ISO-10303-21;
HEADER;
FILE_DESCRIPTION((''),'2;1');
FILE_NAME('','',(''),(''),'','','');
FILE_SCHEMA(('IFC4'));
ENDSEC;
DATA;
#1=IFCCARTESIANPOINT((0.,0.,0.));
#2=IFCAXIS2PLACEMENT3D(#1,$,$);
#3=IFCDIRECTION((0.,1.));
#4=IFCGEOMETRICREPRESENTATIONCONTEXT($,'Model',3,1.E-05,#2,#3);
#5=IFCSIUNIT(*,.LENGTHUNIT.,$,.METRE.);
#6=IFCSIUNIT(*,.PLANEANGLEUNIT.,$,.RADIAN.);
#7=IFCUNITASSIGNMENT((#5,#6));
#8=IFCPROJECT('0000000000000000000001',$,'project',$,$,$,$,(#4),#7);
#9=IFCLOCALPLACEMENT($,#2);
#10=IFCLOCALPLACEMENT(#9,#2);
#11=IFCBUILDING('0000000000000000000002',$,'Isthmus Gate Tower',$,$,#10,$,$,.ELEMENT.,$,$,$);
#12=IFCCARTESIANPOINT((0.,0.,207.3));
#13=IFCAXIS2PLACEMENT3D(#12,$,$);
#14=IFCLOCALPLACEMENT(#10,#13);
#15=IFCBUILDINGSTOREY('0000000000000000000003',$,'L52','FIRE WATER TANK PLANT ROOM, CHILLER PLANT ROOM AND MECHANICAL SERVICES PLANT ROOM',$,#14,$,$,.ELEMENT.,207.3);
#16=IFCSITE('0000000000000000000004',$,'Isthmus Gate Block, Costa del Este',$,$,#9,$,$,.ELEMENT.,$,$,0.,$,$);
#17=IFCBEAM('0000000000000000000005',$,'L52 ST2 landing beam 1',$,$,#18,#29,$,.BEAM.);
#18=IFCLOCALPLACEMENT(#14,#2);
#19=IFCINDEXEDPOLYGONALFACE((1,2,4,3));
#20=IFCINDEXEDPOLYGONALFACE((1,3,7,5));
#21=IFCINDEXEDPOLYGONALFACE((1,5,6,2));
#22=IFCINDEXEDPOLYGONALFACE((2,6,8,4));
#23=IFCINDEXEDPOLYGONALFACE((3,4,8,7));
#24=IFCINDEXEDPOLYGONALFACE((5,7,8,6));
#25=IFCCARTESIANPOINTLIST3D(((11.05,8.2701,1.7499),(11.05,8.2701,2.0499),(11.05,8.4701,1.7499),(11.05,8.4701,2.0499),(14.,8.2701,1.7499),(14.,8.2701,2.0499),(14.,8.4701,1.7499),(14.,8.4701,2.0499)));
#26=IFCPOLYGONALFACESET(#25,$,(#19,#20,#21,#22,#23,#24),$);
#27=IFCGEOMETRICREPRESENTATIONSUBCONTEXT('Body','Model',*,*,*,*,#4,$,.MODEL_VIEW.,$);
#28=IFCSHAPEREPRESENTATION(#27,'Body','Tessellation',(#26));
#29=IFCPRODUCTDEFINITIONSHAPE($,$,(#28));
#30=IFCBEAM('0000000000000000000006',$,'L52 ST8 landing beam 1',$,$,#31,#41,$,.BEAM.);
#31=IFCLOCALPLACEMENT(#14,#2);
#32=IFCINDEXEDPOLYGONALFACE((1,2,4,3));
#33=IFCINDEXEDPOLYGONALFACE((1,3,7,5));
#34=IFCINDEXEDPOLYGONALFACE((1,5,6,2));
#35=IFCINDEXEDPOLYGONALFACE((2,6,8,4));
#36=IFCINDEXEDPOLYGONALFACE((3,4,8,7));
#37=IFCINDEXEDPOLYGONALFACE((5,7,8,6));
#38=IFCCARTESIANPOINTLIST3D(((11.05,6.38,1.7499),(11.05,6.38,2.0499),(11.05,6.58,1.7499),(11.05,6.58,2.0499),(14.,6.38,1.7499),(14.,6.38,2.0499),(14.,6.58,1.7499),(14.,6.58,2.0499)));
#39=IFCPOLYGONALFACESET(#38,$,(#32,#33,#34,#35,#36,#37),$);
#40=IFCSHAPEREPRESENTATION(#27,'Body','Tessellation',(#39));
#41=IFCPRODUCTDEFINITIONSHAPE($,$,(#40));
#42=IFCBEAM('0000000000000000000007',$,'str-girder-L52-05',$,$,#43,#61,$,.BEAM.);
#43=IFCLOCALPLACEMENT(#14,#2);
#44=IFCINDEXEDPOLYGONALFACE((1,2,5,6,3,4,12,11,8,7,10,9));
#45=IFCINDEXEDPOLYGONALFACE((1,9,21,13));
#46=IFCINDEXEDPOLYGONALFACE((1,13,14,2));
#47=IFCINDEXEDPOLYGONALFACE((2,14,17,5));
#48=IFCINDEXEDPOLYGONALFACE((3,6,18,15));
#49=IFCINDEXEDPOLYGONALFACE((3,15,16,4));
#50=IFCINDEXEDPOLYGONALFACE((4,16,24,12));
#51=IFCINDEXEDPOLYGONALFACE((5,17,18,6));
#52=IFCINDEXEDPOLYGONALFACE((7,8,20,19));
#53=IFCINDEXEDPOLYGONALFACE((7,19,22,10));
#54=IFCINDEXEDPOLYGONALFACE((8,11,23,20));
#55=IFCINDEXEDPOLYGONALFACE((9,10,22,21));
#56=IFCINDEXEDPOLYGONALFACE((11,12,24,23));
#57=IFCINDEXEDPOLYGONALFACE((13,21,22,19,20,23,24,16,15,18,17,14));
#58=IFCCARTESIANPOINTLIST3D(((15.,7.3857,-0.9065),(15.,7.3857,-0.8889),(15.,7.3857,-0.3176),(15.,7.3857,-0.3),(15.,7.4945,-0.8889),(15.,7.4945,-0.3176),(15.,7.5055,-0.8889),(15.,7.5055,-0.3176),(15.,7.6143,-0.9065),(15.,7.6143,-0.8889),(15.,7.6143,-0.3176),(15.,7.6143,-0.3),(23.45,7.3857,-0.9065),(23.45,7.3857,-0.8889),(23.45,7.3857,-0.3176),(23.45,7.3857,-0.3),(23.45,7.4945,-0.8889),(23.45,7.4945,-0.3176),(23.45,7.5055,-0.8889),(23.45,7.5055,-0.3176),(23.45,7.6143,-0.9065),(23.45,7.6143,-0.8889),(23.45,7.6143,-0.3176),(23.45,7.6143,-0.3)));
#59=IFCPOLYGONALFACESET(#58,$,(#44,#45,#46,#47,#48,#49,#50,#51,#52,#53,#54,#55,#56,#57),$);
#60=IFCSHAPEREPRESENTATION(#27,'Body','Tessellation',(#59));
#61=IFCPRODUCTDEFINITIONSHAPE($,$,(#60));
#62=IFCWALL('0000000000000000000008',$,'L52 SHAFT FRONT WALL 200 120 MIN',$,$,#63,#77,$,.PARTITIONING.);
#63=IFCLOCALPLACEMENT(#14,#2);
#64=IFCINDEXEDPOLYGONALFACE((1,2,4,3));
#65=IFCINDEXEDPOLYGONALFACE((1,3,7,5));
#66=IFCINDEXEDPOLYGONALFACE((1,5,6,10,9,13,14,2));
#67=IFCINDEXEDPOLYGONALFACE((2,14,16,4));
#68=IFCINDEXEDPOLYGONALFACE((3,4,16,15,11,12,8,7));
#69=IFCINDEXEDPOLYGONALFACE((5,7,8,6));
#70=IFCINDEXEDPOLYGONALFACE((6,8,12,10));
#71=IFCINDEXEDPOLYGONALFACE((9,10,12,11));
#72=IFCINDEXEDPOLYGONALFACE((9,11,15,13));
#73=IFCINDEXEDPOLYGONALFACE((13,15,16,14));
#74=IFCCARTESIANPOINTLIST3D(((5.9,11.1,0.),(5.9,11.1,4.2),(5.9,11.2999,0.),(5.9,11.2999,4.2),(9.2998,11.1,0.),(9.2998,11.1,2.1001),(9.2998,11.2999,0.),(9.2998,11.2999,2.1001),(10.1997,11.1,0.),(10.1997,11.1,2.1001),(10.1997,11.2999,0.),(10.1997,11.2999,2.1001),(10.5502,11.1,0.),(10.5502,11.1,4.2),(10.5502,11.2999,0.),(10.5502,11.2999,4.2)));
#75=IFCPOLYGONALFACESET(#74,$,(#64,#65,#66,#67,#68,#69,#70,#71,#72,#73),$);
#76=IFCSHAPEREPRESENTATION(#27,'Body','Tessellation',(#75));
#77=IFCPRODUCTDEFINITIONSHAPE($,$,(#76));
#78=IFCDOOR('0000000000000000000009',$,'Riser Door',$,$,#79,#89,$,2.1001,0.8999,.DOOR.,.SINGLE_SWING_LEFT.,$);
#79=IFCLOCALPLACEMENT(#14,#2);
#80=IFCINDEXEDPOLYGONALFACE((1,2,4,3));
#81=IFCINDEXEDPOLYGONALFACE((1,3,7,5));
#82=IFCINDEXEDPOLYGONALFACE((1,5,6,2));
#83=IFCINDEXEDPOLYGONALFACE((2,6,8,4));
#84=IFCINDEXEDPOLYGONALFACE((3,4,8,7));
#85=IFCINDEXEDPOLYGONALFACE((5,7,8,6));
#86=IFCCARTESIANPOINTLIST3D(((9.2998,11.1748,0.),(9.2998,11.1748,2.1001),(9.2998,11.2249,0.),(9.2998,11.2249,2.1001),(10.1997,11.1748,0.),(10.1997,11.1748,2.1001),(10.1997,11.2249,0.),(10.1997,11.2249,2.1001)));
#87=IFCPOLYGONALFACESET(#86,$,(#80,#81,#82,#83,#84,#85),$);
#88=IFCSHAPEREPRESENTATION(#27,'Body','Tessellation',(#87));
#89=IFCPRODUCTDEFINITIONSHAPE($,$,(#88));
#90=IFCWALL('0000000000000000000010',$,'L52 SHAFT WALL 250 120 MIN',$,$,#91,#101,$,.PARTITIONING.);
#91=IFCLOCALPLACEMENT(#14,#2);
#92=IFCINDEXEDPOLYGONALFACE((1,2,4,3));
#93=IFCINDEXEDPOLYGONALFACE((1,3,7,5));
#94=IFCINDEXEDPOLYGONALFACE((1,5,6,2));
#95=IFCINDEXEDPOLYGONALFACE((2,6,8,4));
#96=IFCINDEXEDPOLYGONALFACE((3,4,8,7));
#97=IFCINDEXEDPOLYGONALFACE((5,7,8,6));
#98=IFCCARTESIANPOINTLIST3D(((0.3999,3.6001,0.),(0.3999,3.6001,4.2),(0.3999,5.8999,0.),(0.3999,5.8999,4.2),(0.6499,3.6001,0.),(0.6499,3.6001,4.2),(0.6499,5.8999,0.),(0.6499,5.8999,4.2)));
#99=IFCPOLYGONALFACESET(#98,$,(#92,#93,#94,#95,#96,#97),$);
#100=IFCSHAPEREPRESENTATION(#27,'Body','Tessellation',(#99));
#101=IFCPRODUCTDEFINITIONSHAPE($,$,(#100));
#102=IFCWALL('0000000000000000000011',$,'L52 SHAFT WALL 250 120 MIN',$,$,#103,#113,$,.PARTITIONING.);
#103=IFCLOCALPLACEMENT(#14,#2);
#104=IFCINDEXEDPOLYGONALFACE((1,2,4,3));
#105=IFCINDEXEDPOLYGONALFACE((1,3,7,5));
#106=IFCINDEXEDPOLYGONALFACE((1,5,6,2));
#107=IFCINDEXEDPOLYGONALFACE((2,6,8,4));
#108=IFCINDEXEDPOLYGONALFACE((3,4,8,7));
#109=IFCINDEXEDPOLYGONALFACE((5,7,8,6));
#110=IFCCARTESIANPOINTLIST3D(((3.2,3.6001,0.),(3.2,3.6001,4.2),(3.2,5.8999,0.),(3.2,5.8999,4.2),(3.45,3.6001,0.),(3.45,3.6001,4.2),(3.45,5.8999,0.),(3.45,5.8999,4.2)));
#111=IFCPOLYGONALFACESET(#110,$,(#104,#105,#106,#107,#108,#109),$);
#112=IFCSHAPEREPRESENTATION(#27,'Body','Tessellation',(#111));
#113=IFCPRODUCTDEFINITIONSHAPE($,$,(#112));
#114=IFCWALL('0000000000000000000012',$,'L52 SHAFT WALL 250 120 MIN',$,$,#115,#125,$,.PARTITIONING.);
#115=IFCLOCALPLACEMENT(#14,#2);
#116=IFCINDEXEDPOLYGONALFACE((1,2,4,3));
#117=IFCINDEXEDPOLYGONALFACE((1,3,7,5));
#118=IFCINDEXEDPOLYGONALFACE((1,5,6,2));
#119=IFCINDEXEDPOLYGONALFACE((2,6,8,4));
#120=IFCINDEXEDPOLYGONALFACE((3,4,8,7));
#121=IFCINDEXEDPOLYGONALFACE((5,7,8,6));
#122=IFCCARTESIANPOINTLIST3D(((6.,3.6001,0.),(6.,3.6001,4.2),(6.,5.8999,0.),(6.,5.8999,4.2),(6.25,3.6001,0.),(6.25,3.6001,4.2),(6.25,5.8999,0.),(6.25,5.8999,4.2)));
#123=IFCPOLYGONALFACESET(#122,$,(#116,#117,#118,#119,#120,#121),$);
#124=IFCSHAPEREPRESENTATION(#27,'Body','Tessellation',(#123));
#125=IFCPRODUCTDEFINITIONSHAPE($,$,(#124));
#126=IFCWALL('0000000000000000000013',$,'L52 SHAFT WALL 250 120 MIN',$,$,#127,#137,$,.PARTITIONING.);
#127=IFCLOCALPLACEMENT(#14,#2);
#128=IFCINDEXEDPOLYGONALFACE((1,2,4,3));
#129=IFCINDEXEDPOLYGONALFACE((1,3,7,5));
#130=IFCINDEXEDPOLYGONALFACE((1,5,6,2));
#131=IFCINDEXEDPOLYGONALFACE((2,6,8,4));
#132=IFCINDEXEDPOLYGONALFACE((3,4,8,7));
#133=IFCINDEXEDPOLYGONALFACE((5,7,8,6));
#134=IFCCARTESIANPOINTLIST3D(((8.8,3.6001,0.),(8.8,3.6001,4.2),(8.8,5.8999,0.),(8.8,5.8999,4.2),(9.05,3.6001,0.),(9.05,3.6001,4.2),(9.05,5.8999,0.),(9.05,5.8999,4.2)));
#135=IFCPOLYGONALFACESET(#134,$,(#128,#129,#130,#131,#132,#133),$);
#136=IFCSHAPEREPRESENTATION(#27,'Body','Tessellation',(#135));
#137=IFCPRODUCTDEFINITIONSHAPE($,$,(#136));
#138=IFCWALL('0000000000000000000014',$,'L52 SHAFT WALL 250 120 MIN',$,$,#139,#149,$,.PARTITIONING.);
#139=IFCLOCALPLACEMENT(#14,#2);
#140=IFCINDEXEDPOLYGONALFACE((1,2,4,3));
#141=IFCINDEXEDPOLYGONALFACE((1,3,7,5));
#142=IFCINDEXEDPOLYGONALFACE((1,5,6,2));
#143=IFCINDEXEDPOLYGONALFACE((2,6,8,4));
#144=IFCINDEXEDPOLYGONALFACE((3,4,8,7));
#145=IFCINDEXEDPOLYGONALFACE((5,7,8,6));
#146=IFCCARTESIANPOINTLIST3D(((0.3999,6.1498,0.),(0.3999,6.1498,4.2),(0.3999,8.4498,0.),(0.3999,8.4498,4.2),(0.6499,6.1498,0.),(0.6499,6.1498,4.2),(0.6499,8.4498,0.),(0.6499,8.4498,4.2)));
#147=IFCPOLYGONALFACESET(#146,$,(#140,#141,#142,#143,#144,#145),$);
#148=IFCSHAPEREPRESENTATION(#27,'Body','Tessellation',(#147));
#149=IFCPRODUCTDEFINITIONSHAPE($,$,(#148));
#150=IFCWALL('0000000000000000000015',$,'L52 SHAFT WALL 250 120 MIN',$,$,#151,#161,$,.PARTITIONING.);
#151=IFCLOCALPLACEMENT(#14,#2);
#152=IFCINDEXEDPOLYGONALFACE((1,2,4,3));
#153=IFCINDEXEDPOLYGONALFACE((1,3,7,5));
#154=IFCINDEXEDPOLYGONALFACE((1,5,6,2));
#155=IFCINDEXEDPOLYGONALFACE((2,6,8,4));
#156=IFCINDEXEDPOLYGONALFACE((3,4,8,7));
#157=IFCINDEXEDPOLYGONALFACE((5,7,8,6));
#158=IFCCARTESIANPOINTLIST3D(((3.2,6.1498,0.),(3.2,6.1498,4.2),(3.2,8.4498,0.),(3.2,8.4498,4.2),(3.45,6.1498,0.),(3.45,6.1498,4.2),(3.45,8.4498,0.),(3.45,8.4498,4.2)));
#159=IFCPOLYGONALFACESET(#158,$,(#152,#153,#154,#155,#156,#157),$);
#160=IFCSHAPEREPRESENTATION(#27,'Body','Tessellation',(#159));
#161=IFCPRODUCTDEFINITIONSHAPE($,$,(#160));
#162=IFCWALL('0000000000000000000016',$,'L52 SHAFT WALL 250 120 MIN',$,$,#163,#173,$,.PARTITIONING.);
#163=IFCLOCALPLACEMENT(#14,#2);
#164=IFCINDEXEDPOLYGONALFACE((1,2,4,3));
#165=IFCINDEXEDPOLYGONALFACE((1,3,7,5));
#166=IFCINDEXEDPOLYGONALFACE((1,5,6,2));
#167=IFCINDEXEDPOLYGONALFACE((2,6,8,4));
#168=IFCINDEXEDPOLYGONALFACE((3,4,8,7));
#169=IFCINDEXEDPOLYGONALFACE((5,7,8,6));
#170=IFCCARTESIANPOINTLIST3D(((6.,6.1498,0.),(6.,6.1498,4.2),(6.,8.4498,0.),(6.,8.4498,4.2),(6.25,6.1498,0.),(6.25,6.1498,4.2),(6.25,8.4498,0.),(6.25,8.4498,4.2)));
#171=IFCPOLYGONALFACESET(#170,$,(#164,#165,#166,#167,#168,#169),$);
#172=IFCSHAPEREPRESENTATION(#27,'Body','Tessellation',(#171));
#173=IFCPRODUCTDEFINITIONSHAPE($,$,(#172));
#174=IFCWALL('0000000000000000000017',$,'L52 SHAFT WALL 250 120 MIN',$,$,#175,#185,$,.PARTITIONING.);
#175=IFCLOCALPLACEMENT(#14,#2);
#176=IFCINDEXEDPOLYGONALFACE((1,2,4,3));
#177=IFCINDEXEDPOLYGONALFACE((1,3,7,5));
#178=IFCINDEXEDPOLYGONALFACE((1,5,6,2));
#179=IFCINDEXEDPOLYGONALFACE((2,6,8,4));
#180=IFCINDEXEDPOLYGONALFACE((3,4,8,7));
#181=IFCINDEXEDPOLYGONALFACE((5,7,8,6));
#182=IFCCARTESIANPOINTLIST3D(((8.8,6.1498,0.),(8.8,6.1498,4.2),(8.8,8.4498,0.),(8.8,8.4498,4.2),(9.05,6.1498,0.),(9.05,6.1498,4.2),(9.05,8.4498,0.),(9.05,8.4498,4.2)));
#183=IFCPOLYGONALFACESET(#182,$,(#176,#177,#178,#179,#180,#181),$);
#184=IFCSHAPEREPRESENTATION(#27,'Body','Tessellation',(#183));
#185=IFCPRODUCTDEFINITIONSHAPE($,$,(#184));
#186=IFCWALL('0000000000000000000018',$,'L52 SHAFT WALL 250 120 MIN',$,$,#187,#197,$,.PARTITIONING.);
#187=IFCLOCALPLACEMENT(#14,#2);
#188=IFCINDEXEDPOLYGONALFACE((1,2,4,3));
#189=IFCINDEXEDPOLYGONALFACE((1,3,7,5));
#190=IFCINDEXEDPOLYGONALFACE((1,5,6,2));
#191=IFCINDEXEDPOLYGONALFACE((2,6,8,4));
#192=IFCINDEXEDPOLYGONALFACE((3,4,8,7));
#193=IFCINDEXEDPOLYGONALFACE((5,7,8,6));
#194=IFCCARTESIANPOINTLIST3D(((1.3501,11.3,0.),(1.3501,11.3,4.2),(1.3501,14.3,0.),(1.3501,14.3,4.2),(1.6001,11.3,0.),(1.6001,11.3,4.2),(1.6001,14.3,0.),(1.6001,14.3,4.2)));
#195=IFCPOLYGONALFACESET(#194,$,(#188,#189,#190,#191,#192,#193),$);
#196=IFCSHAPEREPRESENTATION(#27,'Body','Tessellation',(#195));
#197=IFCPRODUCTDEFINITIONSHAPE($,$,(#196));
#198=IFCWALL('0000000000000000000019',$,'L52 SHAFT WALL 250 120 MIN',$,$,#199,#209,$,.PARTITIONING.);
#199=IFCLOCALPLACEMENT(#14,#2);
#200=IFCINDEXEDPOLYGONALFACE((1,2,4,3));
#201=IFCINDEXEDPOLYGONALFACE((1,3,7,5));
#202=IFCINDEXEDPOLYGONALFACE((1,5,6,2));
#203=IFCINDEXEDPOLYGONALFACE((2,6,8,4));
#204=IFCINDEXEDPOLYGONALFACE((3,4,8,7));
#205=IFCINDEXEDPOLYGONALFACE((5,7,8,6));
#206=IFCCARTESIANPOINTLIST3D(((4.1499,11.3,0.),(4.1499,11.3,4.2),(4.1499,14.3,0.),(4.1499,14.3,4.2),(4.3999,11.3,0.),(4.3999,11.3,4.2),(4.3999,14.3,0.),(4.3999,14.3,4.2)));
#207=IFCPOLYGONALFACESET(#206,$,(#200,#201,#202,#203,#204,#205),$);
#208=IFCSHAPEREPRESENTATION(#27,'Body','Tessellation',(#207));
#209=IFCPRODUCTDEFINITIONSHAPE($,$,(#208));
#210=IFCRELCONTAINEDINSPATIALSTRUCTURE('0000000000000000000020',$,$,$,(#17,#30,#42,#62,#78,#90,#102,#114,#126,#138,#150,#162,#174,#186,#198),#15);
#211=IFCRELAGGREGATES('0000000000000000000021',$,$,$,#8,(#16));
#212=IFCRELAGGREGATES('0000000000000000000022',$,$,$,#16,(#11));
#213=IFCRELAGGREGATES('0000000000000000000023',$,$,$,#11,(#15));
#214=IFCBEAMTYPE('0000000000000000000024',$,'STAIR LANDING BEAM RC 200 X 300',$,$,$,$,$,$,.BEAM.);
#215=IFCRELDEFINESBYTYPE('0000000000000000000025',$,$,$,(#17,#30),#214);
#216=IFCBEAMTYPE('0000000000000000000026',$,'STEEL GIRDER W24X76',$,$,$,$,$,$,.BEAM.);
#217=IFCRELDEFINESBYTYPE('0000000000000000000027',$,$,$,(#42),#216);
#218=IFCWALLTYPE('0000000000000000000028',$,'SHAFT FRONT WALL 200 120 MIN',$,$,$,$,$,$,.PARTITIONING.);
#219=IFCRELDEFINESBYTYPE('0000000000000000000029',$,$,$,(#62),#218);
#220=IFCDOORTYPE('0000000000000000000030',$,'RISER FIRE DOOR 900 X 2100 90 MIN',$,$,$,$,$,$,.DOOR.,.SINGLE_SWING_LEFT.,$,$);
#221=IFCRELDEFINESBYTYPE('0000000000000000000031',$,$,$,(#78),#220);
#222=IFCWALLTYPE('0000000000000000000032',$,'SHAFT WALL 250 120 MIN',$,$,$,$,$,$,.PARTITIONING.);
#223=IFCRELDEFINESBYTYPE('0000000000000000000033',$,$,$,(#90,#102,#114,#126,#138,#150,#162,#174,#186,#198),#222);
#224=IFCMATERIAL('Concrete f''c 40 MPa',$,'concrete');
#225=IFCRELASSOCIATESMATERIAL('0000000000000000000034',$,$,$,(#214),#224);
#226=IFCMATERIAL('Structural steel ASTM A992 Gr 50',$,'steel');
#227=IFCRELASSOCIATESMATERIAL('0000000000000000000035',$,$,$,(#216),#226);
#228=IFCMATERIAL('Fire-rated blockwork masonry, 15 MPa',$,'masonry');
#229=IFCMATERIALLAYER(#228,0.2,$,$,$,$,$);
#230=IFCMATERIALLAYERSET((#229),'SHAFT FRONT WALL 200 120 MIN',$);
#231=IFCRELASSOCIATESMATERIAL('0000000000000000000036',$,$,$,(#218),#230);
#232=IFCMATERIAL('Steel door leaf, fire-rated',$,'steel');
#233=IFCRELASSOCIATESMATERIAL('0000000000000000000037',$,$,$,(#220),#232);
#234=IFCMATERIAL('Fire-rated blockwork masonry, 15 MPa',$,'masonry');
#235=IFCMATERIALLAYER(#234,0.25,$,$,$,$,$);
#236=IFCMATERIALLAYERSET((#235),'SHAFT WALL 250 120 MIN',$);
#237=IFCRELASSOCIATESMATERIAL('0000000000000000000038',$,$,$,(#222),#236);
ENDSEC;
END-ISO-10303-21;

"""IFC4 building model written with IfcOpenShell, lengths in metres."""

from ifc_helpers import new_model, si_unit, direction, frame, frame_2d, origin, origin_2d, place, context, subcontext, project, spatial, rectangle, i_section, extrude, material, layer, layer_set, material_profile, profile_set, type_object, element, fill, save


model = new_model("IFC4")

# Units and contexts
model_context = context("Model", 3, precision=1e-05, world=origin(), true_north=direction((0.0, 1.0)))
body_context = subcontext(model_context, "Body", "Model", "MODEL_VIEW")
ifc_project = project(units=[si_unit("LENGTHUNIT", "METRE"), si_unit("PLANEANGLEUNIT", "RADIAN")], contexts=[model_context])

# Site, building, storey
site_placement = place(None, origin())
site = spatial("IfcSite", under=ifc_project, at=site_placement, Name="Isthmus Gate Block, Costa del Este", CompositionType="ELEMENT", RefElevation=0.0)
building_placement = place(site_placement, origin())
building = spatial("IfcBuilding", under=site, at=building_placement, Name="Isthmus Gate Tower", CompositionType="ELEMENT")
storey_placement = place(building_placement, frame((0.0, 0.0, 207.3)))
storey = spatial("IfcBuildingStorey", under=building, at=storey_placement, Name="L52", Description="FIRE WATER TANK PLANT ROOM, CHILLER PLANT ROOM AND MECHANICAL SERVICES PLANT ROOM", CompositionType="ELEMENT", Elevation=207.3)

# Beams
ifc_material_1 = material(Name="Concrete f'c 40 MPa", Category="concrete")
ifc_material_profile_1 = material_profile(ifc_material_1, rectangle(XDim=0.2, YDim=0.3, at=origin_2d()), Name="STAIR LANDING BEAM RC 200 X 300")
ifc_profile_set_1 = profile_set([ifc_material_profile_1], Name="Concrete f'c 40 MPa")
beam_type_1 = type_object("IfcBeamType", Name="STAIR LANDING BEAM RC 200 X 300", PredefinedType="BEAM", material=ifc_profile_set_1)
for number, where, z_axis, x_axis, name in (
    (1, (11.05, 8.3701, 1.8999), (1.0, 0.0, 0.0), (0.0, 1.0, 0.0), "L52 ST2 landing beam 1"),
    (2, (11.05, 6.48, 1.8999), (1.0, 0.0, 0.0), (0.0, 1.0, 0.0), "L52 ST8 landing beam 1"),
):
    element("IfcBeam", number, at=place(storey_placement, frame(where, z_axis=z_axis, x_axis=x_axis)), inside=storey, type_object=beam_type_1, Name=name, PredefinedType="BEAM", context=body_context, shape_type="SweptSolid", body=[
        extrude(rectangle(XDim=0.2, YDim=0.3, at=origin_2d()), origin(), (0.0, 0.0, 1.0), 2.95),
    ])
ifc_material_2 = material(Name="Structural steel ASTM A992 Gr 50", Category="steel")
ifc_material_profile_2 = material_profile(ifc_material_2, i_section(OverallWidth=0.2285, OverallDepth=0.6064, WebThickness=0.011, FlangeThickness=0.0176, at=origin_2d()), Name="W24X76")
ifc_profile_set_2 = profile_set([ifc_material_profile_2], Name="Structural steel ASTM A992 Gr 50")
beam_type_2 = type_object("IfcBeamType", Name="STEEL GIRDER W24X76", PredefinedType="BEAM", material=ifc_profile_set_2)
beam_placement = place(storey_placement, frame((15.0, 7.5, -0.6033), z_axis=(1.0, 0.0, 0.0), x_axis=(0.0, 1.0, 0.0)))
element("IfcBeam", 3, at=beam_placement, inside=storey, type_object=beam_type_2, Name="str-girder-L52-05", PredefinedType="BEAM", context=body_context, shape_type="SweptSolid", body=[
    extrude(i_section(OverallWidth=0.2285, OverallDepth=0.6064, WebThickness=0.011, FlangeThickness=0.0176, at=origin_2d()), origin(), (0.0, 0.0, 1.0), 8.45),
])

# Wall, opening, door
ifc_material_3 = material(Name="Fire-rated blockwork masonry, 15 MPa", Category="masonry")
ifc_layer_1 = layer(ifc_material_3, 0.2)
ifc_layer_set_1 = layer_set([ifc_layer_1], Name="SHAFT FRONT WALL 200 120 MIN")
wall_type_1 = type_object("IfcWallType", Name="SHAFT FRONT WALL 200 120 MIN", PredefinedType="PARTITIONING", material=ifc_layer_set_1)
wall_1_placement = place(storey_placement, frame((5.8999, 11.2, 0.0), z_axis=(0.0, 0.0, 1.0), x_axis=(1.0, 0.0, 0.0)))
wall_1 = element("IfcWall", 4, at=wall_1_placement, inside=storey, type_object=wall_type_1, Name="L52 SHAFT FRONT WALL 200 120 MIN", PredefinedType="PARTITIONING", context=body_context, shape_type="SweptSolid", body=[
    extrude(rectangle(XDim=4.6501, YDim=0.2, at=frame_2d((2.3252, 0.0))), origin(), (0.0, 0.0, 1.0), 4.2),
])
opening_placement = place(wall_1_placement, frame((3.3999, 0.0, 0.0)))
opening = element("IfcOpeningElement", 5, at=opening_placement, cuts=wall_1, PredefinedType="OPENING", context=body_context, shape_type="SweptSolid", body=[
    extrude(rectangle(XDim=0.8999, YDim=2.1001, at=frame_2d((0.45, 1.05))), frame((0.0, 0.1099, 0.0), z_axis=(0.0, -1.0, 0.0), x_axis=(1.0, 0.0, 0.0)), (0.0, 0.0, 1.0), 0.22),
])
ifc_material_4 = material(Name="Steel door leaf, fire-rated", Category="steel")
door_type = type_object("IfcDoorType", Name="RISER FIRE DOOR 900 X 2100 90 MIN", OperationType="SINGLE_SWING_LEFT", PredefinedType="DOOR", material=ifc_material_4)
door_placement = place(opening_placement, origin())
door = element("IfcDoor", 6, at=door_placement, inside=storey, type_object=door_type, Name="Riser Door", OperationType="SINGLE_SWING_LEFT", OverallHeight=2.1001, OverallWidth=0.8999, PredefinedType="DOOR", context=body_context, shape_type="SweptSolid", body=[
    extrude(rectangle(XDim=0.8999, YDim=2.1001, at=frame_2d((0.45, 1.05))), frame((0.0, 0.0249, 0.0), z_axis=(0.0, -1.0, 0.0), x_axis=(1.0, 0.0, 0.0)), (0.0, 0.0, 1.0), 0.05),
])
fill(opening, door)

# Walls
ifc_material_5 = material(Name="Fire-rated blockwork masonry, 15 MPa", Category="masonry")
ifc_layer_2 = layer(ifc_material_5, 0.25)
ifc_layer_set_2 = layer_set([ifc_layer_2], Name="SHAFT WALL 250 120 MIN")
wall_type_2 = type_object("IfcWallType", Name="SHAFT WALL 250 120 MIN", PredefinedType="PARTITIONING", material=ifc_layer_set_2)
for number, where, z_axis, x_axis, name in (
    (7, (0.5249, 3.6001, 0.0), (0.0, 0.0, 1.0), (0.0, 1.0, 0.0), "L52 SHAFT WALL 250 120 MIN"),
    (8, (3.325, 3.6001, 0.0), (0.0, 0.0, 1.0), (0.0, 1.0, 0.0), "L52 SHAFT WALL 250 120 MIN"),
    (9, (6.125, 3.6001, 0.0), (0.0, 0.0, 1.0), (0.0, 1.0, 0.0), "L52 SHAFT WALL 250 120 MIN"),
    (10, (8.925, 3.6001, 0.0), (0.0, 0.0, 1.0), (0.0, 1.0, 0.0), "L52 SHAFT WALL 250 120 MIN"),
):
    element("IfcWall", number, at=place(storey_placement, frame(where, z_axis=z_axis, x_axis=x_axis)), inside=storey, type_object=wall_type_2, Name=name, PredefinedType="PARTITIONING", context=body_context, shape_type="SweptSolid", body=[
        extrude(rectangle(XDim=2.2998, YDim=0.25, at=frame_2d((1.1499, 0.0))), origin(), (0.0, 0.0, 1.0), 4.2),
    ])
for number, where, z_axis, x_axis, name in (
    (11, (0.5249, 6.1499, 0.0), (0.0, 0.0, 1.0), (0.0, 1.0, 0.0), "L52 SHAFT WALL 250 120 MIN"),
    (12, (3.325, 6.1499, 0.0), (0.0, 0.0, 1.0), (0.0, 1.0, 0.0), "L52 SHAFT WALL 250 120 MIN"),
    (13, (6.125, 6.1499, 0.0), (0.0, 0.0, 1.0), (0.0, 1.0, 0.0), "L52 SHAFT WALL 250 120 MIN"),
    (14, (8.925, 6.1499, 0.0), (0.0, 0.0, 1.0), (0.0, 1.0, 0.0), "L52 SHAFT WALL 250 120 MIN"),
):
    element("IfcWall", number, at=place(storey_placement, frame(where, z_axis=z_axis, x_axis=x_axis)), inside=storey, type_object=wall_type_2, Name=name, PredefinedType="PARTITIONING", context=body_context, shape_type="SweptSolid", body=[
        extrude(rectangle(XDim=2.3, YDim=0.25, at=frame_2d((1.1499, 0.0))), origin(), (0.0, 0.0, 1.0), 4.2),
    ])
for number, where, z_axis, x_axis, name in (
    (15, (1.4751, 11.3, 0.0), (0.0, 0.0, 1.0), (0.0, 1.0, 0.0), "L52 SHAFT WALL 250 120 MIN"),
    (16, (4.2749, 11.3, 0.0), (0.0, 0.0, 1.0), (0.0, 1.0, 0.0), "L52 SHAFT WALL 250 120 MIN"),
):
    element("IfcWall", number, at=place(storey_placement, frame(where, z_axis=z_axis, x_axis=x_axis)), inside=storey, type_object=wall_type_2, Name=name, PredefinedType="PARTITIONING", context=body_context, shape_type="SweptSolid", body=[
        extrude(rectangle(XDim=3.0, YDim=0.25, at=frame_2d((1.5, 0.0))), origin(), (0.0, 0.0, 1.0), 4.2),
    ])

save(model, "model.ifc")
